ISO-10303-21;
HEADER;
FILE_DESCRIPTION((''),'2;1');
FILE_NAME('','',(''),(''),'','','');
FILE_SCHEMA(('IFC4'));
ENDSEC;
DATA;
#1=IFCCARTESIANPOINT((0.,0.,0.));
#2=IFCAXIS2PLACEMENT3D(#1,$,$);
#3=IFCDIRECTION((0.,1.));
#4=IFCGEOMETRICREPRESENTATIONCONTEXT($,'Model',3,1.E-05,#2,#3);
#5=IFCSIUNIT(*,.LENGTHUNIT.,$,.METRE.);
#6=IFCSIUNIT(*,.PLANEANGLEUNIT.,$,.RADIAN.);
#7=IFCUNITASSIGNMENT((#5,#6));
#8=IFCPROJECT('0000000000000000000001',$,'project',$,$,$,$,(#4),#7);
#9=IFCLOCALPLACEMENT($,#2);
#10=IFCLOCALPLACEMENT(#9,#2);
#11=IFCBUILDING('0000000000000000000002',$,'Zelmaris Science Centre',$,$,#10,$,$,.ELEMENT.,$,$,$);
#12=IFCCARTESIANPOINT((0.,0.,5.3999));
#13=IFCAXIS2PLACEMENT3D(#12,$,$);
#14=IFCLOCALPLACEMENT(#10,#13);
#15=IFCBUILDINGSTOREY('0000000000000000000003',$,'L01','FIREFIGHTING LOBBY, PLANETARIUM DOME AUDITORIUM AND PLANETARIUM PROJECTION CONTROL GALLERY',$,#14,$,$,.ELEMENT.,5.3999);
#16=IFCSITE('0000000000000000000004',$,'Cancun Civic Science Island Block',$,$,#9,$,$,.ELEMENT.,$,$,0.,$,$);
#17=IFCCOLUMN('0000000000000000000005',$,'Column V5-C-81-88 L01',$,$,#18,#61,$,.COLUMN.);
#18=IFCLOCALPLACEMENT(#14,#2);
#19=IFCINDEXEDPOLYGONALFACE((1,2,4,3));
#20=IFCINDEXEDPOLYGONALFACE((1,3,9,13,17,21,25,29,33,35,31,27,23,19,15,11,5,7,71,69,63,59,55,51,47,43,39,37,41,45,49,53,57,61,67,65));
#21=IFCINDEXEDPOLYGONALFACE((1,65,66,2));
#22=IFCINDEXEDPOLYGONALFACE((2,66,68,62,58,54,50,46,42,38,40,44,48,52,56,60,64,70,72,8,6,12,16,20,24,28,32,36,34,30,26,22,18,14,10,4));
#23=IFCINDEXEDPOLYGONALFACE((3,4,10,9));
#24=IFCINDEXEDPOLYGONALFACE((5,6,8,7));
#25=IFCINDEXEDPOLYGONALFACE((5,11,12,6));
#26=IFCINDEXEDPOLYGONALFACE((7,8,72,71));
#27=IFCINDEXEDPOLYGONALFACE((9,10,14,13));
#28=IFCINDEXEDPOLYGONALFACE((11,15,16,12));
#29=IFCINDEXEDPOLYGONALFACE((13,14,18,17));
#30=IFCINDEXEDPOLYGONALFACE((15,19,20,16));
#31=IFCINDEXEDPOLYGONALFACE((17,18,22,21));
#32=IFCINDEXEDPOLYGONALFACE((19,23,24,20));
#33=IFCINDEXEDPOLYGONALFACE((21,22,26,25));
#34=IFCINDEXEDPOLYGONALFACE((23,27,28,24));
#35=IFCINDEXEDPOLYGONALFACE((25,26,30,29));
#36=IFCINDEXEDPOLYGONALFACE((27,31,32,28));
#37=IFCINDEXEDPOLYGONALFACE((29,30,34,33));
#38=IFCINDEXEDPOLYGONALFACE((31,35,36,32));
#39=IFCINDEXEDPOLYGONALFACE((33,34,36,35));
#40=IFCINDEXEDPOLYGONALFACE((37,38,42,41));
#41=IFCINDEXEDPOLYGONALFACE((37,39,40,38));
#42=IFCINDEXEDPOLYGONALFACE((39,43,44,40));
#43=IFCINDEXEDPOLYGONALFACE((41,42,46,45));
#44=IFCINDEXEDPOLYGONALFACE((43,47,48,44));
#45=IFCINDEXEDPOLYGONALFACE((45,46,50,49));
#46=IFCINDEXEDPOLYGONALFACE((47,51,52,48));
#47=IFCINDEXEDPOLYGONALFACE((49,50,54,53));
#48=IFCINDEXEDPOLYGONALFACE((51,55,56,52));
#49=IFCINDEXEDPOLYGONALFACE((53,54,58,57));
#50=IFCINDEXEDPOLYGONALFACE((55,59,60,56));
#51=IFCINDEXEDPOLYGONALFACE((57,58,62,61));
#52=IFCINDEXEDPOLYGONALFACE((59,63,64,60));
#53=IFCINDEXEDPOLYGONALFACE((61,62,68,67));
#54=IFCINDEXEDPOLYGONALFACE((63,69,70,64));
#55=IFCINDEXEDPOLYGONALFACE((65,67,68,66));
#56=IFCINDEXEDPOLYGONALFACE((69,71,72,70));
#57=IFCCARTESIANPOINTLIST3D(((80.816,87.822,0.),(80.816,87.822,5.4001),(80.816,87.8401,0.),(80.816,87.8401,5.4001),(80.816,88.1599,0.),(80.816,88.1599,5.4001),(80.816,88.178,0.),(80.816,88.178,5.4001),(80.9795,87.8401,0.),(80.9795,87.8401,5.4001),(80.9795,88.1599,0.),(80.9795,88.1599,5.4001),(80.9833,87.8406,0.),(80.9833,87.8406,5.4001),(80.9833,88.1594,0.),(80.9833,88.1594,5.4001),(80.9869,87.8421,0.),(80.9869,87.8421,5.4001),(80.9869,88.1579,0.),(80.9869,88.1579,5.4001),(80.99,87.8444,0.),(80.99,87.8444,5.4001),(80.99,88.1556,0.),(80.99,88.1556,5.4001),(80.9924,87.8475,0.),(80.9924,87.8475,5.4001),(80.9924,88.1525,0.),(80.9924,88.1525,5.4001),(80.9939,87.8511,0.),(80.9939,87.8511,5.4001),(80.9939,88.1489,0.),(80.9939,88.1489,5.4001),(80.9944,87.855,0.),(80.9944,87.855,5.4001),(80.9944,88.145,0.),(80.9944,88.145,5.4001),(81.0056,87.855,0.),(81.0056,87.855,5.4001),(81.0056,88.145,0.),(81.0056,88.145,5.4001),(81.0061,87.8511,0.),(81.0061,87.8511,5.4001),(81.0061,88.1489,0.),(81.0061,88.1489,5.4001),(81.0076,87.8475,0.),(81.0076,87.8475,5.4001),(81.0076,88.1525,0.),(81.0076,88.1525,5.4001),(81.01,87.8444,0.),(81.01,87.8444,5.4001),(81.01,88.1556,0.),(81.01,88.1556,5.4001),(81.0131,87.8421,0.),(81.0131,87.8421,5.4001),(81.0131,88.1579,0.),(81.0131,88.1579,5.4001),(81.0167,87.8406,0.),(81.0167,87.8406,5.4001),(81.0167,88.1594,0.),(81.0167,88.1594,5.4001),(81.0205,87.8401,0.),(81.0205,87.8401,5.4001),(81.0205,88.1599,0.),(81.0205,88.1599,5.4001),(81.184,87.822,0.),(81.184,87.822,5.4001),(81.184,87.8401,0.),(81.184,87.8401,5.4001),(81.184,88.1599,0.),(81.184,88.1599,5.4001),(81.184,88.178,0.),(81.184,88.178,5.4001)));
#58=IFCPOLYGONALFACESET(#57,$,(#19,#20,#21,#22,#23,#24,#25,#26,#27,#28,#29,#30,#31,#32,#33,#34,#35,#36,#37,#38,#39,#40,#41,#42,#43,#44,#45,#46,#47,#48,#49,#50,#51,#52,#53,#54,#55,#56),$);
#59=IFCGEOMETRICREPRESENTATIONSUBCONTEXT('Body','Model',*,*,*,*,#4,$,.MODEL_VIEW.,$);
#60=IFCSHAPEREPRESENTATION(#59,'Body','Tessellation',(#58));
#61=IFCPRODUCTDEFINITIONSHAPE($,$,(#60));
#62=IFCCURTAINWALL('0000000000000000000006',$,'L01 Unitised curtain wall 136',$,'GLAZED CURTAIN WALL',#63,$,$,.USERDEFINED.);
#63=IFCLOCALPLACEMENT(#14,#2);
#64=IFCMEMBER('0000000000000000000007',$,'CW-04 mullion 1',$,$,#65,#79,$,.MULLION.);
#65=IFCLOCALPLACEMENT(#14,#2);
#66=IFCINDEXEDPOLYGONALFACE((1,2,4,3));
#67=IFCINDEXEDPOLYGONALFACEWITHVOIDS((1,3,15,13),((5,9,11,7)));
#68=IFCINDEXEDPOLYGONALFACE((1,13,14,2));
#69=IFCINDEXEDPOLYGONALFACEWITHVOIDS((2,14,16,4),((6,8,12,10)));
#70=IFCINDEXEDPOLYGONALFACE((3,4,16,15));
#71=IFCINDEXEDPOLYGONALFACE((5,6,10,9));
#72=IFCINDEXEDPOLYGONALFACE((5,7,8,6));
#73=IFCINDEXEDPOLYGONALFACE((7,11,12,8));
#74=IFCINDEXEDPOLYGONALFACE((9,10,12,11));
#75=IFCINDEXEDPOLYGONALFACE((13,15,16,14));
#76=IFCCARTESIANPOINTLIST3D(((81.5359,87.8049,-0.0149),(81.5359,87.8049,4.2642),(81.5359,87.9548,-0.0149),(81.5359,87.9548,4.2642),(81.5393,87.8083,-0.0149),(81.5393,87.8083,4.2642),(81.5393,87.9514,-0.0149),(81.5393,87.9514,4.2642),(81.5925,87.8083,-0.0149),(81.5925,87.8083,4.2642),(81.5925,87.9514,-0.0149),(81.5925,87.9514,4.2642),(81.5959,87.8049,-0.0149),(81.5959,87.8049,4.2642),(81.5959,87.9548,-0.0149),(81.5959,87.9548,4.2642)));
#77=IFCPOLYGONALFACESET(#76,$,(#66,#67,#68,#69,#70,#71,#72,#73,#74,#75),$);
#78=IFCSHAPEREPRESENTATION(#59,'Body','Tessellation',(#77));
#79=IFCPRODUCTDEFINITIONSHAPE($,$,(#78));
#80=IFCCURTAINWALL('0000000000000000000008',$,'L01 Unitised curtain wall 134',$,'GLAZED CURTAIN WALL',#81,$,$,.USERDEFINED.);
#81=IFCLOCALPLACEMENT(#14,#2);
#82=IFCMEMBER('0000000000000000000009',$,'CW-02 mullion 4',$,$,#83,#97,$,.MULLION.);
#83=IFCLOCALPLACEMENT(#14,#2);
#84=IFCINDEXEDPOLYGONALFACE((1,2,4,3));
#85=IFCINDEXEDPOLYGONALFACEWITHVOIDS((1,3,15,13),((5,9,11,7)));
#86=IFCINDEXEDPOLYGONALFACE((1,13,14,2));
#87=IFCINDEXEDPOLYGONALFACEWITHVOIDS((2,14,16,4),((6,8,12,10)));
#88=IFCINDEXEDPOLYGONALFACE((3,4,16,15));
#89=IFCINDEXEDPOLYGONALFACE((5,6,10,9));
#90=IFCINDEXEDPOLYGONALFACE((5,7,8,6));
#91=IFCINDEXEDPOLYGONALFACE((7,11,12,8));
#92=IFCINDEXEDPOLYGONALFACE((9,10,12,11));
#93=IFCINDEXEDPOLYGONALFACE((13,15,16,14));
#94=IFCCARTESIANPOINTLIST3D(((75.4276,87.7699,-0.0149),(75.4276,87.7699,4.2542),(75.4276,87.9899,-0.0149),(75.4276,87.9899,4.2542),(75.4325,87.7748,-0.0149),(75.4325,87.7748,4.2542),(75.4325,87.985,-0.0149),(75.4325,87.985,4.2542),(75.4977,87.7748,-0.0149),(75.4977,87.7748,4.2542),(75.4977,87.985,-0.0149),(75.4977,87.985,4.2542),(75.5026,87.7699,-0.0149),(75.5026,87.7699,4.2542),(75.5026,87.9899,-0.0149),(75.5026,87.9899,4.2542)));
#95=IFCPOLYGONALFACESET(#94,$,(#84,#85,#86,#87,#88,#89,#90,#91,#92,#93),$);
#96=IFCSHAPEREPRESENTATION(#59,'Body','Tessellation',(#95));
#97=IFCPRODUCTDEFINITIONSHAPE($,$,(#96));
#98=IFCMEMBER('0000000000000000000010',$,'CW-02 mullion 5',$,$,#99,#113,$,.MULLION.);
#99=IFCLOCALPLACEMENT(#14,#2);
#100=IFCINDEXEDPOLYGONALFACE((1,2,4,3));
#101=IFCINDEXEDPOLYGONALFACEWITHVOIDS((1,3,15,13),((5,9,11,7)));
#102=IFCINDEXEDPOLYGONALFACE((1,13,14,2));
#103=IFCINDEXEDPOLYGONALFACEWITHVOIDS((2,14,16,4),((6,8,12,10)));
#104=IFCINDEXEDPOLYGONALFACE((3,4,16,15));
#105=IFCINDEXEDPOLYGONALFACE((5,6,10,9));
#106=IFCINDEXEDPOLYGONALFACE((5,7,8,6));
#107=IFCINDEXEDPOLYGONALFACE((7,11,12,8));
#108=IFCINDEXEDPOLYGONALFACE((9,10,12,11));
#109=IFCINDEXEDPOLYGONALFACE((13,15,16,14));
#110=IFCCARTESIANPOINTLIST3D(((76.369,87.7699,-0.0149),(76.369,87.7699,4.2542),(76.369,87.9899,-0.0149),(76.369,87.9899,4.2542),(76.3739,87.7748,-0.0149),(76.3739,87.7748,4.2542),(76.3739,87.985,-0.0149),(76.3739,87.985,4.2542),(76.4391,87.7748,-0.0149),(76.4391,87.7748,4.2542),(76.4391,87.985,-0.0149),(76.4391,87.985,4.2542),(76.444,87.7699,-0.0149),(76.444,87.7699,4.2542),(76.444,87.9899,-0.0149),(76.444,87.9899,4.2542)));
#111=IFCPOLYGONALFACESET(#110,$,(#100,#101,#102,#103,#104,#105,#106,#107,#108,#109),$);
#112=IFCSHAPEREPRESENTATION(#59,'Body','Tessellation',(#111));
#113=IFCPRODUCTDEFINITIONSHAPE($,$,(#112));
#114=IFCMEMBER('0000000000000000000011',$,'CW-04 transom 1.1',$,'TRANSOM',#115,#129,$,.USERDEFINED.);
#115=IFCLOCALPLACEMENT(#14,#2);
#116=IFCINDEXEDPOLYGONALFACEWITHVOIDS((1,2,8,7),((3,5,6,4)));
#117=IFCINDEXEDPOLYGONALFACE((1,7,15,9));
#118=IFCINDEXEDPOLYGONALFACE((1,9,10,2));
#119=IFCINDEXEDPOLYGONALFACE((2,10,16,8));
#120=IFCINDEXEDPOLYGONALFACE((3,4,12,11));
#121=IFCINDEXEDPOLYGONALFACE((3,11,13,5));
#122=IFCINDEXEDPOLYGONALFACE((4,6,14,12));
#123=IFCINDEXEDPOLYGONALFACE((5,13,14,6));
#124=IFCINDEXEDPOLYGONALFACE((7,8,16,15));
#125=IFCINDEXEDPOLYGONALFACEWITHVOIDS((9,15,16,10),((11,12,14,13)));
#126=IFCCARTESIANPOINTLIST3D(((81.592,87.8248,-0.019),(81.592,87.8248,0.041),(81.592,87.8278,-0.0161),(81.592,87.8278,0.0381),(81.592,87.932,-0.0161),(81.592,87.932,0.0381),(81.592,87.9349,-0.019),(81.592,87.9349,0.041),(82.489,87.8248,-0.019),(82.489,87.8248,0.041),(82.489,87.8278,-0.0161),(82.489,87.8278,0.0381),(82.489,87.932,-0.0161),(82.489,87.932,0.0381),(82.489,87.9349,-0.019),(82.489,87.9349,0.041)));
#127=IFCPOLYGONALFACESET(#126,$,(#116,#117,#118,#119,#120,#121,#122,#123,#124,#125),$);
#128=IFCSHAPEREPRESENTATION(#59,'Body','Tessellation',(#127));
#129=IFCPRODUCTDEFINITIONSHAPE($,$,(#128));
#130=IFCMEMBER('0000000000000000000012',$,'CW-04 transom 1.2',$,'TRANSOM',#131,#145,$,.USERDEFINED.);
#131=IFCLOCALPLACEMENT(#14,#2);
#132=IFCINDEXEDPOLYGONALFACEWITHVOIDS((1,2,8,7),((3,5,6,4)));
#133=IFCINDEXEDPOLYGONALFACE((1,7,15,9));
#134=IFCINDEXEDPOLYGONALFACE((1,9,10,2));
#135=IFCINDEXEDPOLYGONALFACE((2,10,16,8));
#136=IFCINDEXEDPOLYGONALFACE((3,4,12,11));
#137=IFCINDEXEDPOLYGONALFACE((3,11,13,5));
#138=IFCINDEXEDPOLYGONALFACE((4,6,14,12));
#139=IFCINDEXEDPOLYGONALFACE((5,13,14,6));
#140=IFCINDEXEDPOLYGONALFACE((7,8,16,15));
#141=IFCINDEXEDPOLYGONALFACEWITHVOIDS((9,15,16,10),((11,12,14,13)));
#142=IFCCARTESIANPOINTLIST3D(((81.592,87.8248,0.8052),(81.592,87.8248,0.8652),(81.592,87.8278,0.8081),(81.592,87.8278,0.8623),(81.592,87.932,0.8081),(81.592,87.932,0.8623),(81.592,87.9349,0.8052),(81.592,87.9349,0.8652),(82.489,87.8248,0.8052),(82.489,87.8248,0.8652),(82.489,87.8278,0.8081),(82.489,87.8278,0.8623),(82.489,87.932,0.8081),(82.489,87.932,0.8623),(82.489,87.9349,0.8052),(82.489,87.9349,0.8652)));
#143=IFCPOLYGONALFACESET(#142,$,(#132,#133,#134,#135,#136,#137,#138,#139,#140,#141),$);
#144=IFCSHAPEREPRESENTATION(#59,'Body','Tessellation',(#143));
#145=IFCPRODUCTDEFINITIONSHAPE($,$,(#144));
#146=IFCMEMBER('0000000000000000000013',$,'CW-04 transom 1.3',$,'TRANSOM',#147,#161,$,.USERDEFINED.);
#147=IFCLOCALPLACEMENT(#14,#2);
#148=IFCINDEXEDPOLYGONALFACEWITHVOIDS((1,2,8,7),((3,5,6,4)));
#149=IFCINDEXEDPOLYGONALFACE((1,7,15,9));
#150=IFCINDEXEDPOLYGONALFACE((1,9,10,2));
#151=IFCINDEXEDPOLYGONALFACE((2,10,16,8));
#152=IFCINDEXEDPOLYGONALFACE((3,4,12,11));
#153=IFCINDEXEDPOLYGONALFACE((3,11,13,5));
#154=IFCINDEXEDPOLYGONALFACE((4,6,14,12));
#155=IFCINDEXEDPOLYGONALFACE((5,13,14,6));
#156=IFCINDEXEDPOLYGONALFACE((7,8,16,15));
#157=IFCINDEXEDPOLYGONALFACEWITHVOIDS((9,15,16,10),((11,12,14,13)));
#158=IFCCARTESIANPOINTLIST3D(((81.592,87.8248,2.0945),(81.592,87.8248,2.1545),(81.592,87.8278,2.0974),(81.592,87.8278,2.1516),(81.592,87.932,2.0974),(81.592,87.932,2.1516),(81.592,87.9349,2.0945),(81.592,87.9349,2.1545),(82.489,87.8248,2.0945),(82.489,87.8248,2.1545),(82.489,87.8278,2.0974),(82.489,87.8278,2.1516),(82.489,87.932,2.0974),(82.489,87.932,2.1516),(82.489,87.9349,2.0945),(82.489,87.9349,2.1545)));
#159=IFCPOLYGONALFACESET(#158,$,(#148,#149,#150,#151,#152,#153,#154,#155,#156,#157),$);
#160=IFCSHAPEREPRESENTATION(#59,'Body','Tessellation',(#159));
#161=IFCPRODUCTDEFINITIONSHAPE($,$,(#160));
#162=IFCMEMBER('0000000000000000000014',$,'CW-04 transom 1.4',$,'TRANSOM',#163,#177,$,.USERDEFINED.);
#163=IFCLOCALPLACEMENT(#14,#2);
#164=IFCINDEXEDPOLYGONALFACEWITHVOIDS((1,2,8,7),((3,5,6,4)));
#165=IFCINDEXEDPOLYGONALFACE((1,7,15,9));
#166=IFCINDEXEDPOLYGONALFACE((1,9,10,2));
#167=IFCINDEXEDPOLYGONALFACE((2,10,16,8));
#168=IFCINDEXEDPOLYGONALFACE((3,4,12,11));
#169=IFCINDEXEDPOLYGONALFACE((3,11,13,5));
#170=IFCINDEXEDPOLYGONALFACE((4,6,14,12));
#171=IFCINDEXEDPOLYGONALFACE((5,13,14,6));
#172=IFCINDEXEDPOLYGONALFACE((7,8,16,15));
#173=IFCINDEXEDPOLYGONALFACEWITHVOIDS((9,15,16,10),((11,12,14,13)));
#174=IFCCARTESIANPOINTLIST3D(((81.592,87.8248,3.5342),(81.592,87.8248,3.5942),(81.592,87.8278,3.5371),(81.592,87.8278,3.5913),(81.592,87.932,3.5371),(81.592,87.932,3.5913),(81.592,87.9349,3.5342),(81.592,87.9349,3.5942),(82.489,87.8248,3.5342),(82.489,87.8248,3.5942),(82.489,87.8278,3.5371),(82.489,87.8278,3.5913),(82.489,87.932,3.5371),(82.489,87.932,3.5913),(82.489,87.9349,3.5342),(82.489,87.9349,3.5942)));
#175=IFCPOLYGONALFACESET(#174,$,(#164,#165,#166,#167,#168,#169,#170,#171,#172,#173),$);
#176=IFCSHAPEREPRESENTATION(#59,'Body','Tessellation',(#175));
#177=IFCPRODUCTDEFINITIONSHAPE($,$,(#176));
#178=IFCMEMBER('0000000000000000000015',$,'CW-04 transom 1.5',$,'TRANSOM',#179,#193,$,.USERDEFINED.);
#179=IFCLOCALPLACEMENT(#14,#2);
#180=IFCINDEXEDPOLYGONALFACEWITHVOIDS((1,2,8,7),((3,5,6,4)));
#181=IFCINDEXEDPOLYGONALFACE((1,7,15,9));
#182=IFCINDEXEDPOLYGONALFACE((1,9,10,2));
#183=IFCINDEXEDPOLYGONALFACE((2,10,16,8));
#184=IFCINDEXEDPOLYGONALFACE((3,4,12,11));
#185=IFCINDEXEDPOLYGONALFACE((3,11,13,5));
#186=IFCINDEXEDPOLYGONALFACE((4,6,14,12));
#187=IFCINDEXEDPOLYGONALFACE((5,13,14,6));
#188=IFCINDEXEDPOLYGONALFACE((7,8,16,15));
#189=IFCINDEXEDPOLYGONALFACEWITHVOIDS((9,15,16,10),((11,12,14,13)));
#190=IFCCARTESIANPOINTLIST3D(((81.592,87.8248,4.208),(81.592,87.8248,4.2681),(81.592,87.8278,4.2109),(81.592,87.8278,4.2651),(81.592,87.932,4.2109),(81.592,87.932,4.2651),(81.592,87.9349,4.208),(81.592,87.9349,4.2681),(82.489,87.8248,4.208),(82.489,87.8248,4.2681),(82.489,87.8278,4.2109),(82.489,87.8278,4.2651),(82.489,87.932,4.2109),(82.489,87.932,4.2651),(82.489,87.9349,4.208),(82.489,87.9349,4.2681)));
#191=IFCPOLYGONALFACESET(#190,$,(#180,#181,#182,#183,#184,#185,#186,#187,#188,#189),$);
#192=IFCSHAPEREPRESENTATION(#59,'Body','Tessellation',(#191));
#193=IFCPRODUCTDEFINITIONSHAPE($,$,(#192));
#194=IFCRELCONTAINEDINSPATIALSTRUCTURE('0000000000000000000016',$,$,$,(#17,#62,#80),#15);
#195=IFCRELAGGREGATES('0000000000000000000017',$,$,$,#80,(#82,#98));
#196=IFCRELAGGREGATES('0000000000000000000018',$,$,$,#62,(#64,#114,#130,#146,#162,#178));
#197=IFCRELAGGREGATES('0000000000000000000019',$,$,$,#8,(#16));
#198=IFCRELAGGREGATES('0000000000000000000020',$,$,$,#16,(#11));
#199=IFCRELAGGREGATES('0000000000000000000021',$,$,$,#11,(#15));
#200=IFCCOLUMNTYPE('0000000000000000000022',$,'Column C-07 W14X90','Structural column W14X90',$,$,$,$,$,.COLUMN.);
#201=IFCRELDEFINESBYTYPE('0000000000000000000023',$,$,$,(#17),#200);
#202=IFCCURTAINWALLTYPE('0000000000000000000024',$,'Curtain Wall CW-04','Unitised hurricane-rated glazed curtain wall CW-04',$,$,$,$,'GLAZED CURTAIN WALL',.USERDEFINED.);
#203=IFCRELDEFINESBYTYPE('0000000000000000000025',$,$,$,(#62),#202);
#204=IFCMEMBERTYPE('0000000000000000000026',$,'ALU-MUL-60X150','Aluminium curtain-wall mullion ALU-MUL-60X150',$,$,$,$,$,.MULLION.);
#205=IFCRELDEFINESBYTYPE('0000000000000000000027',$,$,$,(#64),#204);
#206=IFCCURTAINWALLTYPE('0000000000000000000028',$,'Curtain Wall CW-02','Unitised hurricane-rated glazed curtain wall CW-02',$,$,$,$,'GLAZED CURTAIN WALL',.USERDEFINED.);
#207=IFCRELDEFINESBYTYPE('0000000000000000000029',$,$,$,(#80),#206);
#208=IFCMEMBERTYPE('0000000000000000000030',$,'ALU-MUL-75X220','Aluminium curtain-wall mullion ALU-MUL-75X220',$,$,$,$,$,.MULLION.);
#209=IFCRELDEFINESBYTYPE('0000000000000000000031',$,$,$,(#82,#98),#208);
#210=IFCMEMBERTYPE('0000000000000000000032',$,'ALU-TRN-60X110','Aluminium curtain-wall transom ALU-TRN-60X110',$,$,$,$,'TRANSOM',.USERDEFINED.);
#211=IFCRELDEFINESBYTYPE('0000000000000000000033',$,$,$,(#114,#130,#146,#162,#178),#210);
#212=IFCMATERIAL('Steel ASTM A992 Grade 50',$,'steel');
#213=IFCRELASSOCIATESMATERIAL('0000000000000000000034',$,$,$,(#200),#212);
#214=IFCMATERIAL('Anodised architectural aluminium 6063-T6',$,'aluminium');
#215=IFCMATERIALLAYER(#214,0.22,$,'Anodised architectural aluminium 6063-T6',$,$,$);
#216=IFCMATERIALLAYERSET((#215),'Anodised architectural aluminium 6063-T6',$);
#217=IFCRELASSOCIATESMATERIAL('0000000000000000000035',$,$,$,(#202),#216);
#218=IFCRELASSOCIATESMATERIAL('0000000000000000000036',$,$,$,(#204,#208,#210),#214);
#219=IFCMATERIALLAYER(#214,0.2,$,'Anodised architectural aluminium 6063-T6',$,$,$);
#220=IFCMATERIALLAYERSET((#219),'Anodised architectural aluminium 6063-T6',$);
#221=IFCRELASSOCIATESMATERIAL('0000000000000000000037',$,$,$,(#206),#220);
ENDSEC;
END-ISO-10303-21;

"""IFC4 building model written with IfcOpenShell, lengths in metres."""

from ifc_helpers import new_model, si_unit, direction, frame, origin, origin_2d, place, context, subcontext, project, spatial, hollow_rectangle, i_section, extrude, material, layer, layer_set, material_profile, profile_set, type_object, element, aggregate, save


model = new_model("IFC4")

# Units and contexts
model_context = context("Model", 3, precision=1e-05, world=origin(), true_north=direction((0.0, 1.0)))
body_context = subcontext(model_context, "Body", "Model", "MODEL_VIEW")
ifc_project = project(units=[si_unit("LENGTHUNIT", "METRE"), si_unit("PLANEANGLEUNIT", "RADIAN")], contexts=[model_context])

# Site, building, storey
site_placement = place(None, origin())
site = spatial("IfcSite", under=ifc_project, at=site_placement, Name="Cancun Civic Science Island Block", CompositionType="ELEMENT", RefElevation=0.0)
building_placement = place(site_placement, origin())
building = spatial("IfcBuilding", under=site, at=building_placement, Name="Zelmaris Science Centre", CompositionType="ELEMENT")
storey_placement = place(building_placement, frame((0.0, 0.0, 5.3999)))
storey = spatial("IfcBuildingStorey", under=building, at=storey_placement, Name="L01", Description="FIREFIGHTING LOBBY, PLANETARIUM DOME AUDITORIUM AND PLANETARIUM PROJECTION CONTROL GALLERY", CompositionType="ELEMENT", Elevation=5.3999)

# Column
ifc_material_1 = material(Name="Steel ASTM A992 Grade 50", Category="steel")
ifc_material_profile_1 = material_profile(ifc_material_1, i_section(OverallWidth=0.3679, OverallDepth=0.356, WebThickness=0.0112, FlangeThickness=0.0181, FilletRadius=0.0149, at=origin_2d()), Name="W14X90")
ifc_profile_set_1 = profile_set([ifc_material_profile_1], Name="Steel ASTM A992 Grade 50")
column_type = type_object("IfcColumnType", Name="Column C-07 W14X90", Description="Structural column W14X90", PredefinedType="COLUMN", material=ifc_profile_set_1)
column_placement = place(storey_placement, frame((81.0, 88.0, 0.0), z_axis=(0.0, 0.0, 1.0), x_axis=(1.0, 0.0, 0.0)))
element("IfcColumn", 1, at=column_placement, inside=storey, type_object=column_type, Name="Column V5-C-81-88 L01", PredefinedType="COLUMN", context=body_context, shape_type="SweptSolid", body=[
    extrude(i_section(OverallWidth=0.3679, OverallDepth=0.356, WebThickness=0.0112, FlangeThickness=0.0181, FilletRadius=0.0149, at=origin_2d()), origin(), (0.0, 0.0, 1.0), 5.4001),
])

# Curtain wall, member
ifc_material_2 = material(Name="Anodised architectural aluminium 6063-T6", Category="aluminium")
ifc_layer_1 = layer(ifc_material_2, 0.22, Name="Anodised architectural aluminium 6063-T6")
ifc_layer_set_1 = layer_set([ifc_layer_1], Name="Anodised architectural aluminium 6063-T6")
curtain_wall_type_1 = type_object("IfcCurtainWallType", Name="Curtain Wall CW-04", Description="Unitised hurricane-rated glazed curtain wall CW-04", ElementType="GLAZED CURTAIN WALL", PredefinedType="USERDEFINED", material=ifc_layer_set_1)
curtain_wall_1_placement = place(storey_placement, origin())
curtain_wall_1 = element("IfcCurtainWall", 2, at=curtain_wall_1_placement, inside=storey, type_object=curtain_wall_type_1, Name="L01 Unitised curtain wall 136", ObjectType="GLAZED CURTAIN WALL", PredefinedType="USERDEFINED")
ifc_material_profile_2 = material_profile(ifc_material_2, hollow_rectangle(XDim=0.0601, YDim=0.1499, WallThickness=0.0034, at=origin_2d()), Name="ALU-MUL-60X150")
ifc_profile_set_2 = profile_set([ifc_material_profile_2], Name="Anodised architectural aluminium 6063-T6")
member_type_1 = type_object("IfcMemberType", Name="ALU-MUL-60X150", Description="Aluminium curtain-wall mullion ALU-MUL-60X150", PredefinedType="MULLION", material=ifc_profile_set_2)
member_1_placement = place(storey_placement, frame((81.5659, 87.8799, -0.0149), z_axis=(0.0, 0.0, 1.0), x_axis=(1.0, 0.0, 0.0)))
member_1 = element("IfcMember", 3, at=member_1_placement, type_object=member_type_1, Name="CW-04 mullion 1", PredefinedType="MULLION", context=body_context, shape_type="SweptSolid", body=[
    extrude(hollow_rectangle(XDim=0.0601, YDim=0.1499, WallThickness=0.0034, at=origin_2d()), origin(), (0.0, 0.0, 1.0), 4.2791),
])

# Curtain wall, members
ifc_layer_2 = layer(ifc_material_2, 0.2, Name="Anodised architectural aluminium 6063-T6")
ifc_layer_set_2 = layer_set([ifc_layer_2], Name="Anodised architectural aluminium 6063-T6")
curtain_wall_type_2 = type_object("IfcCurtainWallType", Name="Curtain Wall CW-02", Description="Unitised hurricane-rated glazed curtain wall CW-02", ElementType="GLAZED CURTAIN WALL", PredefinedType="USERDEFINED", material=ifc_layer_set_2)
curtain_wall_2_placement = place(storey_placement, origin())
curtain_wall_2 = element("IfcCurtainWall", 4, at=curtain_wall_2_placement, inside=storey, type_object=curtain_wall_type_2, Name="L01 Unitised curtain wall 134", ObjectType="GLAZED CURTAIN WALL", PredefinedType="USERDEFINED")
ifc_material_profile_3 = material_profile(ifc_material_2, hollow_rectangle(XDim=0.075, YDim=0.22, WallThickness=0.0049, at=origin_2d()), Name="ALU-MUL-75X220")
ifc_profile_set_3 = profile_set([ifc_material_profile_3], Name="Anodised architectural aluminium 6063-T6")
member_type_2 = type_object("IfcMemberType", Name="ALU-MUL-75X220", Description="Aluminium curtain-wall mullion ALU-MUL-75X220", PredefinedType="MULLION", material=ifc_profile_set_3)
member_2_placement = place(storey_placement, frame((75.4651, 87.8799, -0.0149), z_axis=(0.0, 0.0, 1.0), x_axis=(1.0, 0.0, 0.0)))
member_2 = element("IfcMember", 5, at=member_2_placement, type_object=member_type_2, Name="CW-02 mullion 4", PredefinedType="MULLION", context=body_context, shape_type="SweptSolid", body=[
    extrude(hollow_rectangle(XDim=0.075, YDim=0.22, WallThickness=0.0049, at=origin_2d()), origin(), (0.0, 0.0, 1.0), 4.269),
])
member_3_placement = place(storey_placement, frame((76.4065, 87.8799, -0.0149), z_axis=(0.0, 0.0, 1.0), x_axis=(1.0, 0.0, 0.0)))
member_3 = element("IfcMember", 6, at=member_3_placement, type_object=member_type_2, Name="CW-02 mullion 5", PredefinedType="MULLION", context=body_context, shape_type="SweptSolid", body=[
    extrude(hollow_rectangle(XDim=0.075, YDim=0.22, WallThickness=0.0049, at=origin_2d()), origin(), (0.0, 0.0, 1.0), 4.269),
])

# Members
ifc_material_profile_4 = material_profile(ifc_material_2, hollow_rectangle(XDim=0.0601, YDim=0.1101, WallThickness=0.0029, at=origin_2d()), Name="ALU-TRN-60X110")
ifc_profile_set_4 = profile_set([ifc_material_profile_4], Name="Anodised architectural aluminium 6063-T6")
member_type_3 = type_object("IfcMemberType", Name="ALU-TRN-60X110", Description="Aluminium curtain-wall transom ALU-TRN-60X110", ElementType="TRANSOM", PredefinedType="USERDEFINED", material=ifc_profile_set_4)
member_4_placement = place(storey_placement, frame((81.592, 87.8799, 0.011), z_axis=(1.0, 0.0, 0.0), x_axis=(0.0, 0.0, 1.0)))
member_4 = element("IfcMember", 7, at=member_4_placement, type_object=member_type_3, Name="CW-04 transom 1.1", ObjectType="TRANSOM", PredefinedType="USERDEFINED", context=body_context, shape_type="SweptSolid", body=[
    extrude(hollow_rectangle(XDim=0.0601, YDim=0.1101, WallThickness=0.0029, at=origin_2d()), origin(), (0.0, 0.0, 1.0), 0.897),
])
member_5_placement = place(storey_placement, frame((81.592, 87.8799, 0.8352), z_axis=(1.0, 0.0, 0.0), x_axis=(0.0, 0.0, 1.0)))
member_5 = element("IfcMember", 8, at=member_5_placement, type_object=member_type_3, Name="CW-04 transom 1.2", ObjectType="TRANSOM", PredefinedType="USERDEFINED", context=body_context, shape_type="SweptSolid", body=[
    extrude(hollow_rectangle(XDim=0.0601, YDim=0.1101, WallThickness=0.0029, at=origin_2d()), origin(), (0.0, 0.0, 1.0), 0.897),
])
member_6_placement = place(storey_placement, frame((81.592, 87.8799, 2.1245), z_axis=(1.0, 0.0, 0.0), x_axis=(0.0, 0.0, 1.0)))
member_6 = element("IfcMember", 9, at=member_6_placement, type_object=member_type_3, Name="CW-04 transom 1.3", ObjectType="TRANSOM", PredefinedType="USERDEFINED", context=body_context, shape_type="SweptSolid", body=[
    extrude(hollow_rectangle(XDim=0.0601, YDim=0.1101, WallThickness=0.0029, at=origin_2d()), origin(), (0.0, 0.0, 1.0), 0.897),
])
member_7_placement = place(storey_placement, frame((81.592, 87.8799, 3.5642), z_axis=(1.0, 0.0, 0.0), x_axis=(0.0, 0.0, 1.0)))
member_7 = element("IfcMember", 10, at=member_7_placement, type_object=member_type_3, Name="CW-04 transom 1.4", ObjectType="TRANSOM", PredefinedType="USERDEFINED", context=body_context, shape_type="SweptSolid", body=[
    extrude(hollow_rectangle(XDim=0.0601, YDim=0.1101, WallThickness=0.0029, at=origin_2d()), origin(), (0.0, 0.0, 1.0), 0.897),
])
member_8_placement = place(storey_placement, frame((81.592, 87.8799, 4.238), z_axis=(1.0, 0.0, 0.0), x_axis=(0.0, 0.0, 1.0)))
member_8 = element("IfcMember", 11, at=member_8_placement, type_object=member_type_3, Name="CW-04 transom 1.5", ObjectType="TRANSOM", PredefinedType="USERDEFINED", context=body_context, shape_type="SweptSolid", body=[
    extrude(hollow_rectangle(XDim=0.0601, YDim=0.1101, WallThickness=0.0029, at=origin_2d()), origin(), (0.0, 0.0, 1.0), 0.897),
])

aggregate(curtain_wall_2, [member_2, member_3])
aggregate(curtain_wall_1, [member_1, member_4, member_5, member_6, member_7, member_8])

save(model, "model.ifc")
